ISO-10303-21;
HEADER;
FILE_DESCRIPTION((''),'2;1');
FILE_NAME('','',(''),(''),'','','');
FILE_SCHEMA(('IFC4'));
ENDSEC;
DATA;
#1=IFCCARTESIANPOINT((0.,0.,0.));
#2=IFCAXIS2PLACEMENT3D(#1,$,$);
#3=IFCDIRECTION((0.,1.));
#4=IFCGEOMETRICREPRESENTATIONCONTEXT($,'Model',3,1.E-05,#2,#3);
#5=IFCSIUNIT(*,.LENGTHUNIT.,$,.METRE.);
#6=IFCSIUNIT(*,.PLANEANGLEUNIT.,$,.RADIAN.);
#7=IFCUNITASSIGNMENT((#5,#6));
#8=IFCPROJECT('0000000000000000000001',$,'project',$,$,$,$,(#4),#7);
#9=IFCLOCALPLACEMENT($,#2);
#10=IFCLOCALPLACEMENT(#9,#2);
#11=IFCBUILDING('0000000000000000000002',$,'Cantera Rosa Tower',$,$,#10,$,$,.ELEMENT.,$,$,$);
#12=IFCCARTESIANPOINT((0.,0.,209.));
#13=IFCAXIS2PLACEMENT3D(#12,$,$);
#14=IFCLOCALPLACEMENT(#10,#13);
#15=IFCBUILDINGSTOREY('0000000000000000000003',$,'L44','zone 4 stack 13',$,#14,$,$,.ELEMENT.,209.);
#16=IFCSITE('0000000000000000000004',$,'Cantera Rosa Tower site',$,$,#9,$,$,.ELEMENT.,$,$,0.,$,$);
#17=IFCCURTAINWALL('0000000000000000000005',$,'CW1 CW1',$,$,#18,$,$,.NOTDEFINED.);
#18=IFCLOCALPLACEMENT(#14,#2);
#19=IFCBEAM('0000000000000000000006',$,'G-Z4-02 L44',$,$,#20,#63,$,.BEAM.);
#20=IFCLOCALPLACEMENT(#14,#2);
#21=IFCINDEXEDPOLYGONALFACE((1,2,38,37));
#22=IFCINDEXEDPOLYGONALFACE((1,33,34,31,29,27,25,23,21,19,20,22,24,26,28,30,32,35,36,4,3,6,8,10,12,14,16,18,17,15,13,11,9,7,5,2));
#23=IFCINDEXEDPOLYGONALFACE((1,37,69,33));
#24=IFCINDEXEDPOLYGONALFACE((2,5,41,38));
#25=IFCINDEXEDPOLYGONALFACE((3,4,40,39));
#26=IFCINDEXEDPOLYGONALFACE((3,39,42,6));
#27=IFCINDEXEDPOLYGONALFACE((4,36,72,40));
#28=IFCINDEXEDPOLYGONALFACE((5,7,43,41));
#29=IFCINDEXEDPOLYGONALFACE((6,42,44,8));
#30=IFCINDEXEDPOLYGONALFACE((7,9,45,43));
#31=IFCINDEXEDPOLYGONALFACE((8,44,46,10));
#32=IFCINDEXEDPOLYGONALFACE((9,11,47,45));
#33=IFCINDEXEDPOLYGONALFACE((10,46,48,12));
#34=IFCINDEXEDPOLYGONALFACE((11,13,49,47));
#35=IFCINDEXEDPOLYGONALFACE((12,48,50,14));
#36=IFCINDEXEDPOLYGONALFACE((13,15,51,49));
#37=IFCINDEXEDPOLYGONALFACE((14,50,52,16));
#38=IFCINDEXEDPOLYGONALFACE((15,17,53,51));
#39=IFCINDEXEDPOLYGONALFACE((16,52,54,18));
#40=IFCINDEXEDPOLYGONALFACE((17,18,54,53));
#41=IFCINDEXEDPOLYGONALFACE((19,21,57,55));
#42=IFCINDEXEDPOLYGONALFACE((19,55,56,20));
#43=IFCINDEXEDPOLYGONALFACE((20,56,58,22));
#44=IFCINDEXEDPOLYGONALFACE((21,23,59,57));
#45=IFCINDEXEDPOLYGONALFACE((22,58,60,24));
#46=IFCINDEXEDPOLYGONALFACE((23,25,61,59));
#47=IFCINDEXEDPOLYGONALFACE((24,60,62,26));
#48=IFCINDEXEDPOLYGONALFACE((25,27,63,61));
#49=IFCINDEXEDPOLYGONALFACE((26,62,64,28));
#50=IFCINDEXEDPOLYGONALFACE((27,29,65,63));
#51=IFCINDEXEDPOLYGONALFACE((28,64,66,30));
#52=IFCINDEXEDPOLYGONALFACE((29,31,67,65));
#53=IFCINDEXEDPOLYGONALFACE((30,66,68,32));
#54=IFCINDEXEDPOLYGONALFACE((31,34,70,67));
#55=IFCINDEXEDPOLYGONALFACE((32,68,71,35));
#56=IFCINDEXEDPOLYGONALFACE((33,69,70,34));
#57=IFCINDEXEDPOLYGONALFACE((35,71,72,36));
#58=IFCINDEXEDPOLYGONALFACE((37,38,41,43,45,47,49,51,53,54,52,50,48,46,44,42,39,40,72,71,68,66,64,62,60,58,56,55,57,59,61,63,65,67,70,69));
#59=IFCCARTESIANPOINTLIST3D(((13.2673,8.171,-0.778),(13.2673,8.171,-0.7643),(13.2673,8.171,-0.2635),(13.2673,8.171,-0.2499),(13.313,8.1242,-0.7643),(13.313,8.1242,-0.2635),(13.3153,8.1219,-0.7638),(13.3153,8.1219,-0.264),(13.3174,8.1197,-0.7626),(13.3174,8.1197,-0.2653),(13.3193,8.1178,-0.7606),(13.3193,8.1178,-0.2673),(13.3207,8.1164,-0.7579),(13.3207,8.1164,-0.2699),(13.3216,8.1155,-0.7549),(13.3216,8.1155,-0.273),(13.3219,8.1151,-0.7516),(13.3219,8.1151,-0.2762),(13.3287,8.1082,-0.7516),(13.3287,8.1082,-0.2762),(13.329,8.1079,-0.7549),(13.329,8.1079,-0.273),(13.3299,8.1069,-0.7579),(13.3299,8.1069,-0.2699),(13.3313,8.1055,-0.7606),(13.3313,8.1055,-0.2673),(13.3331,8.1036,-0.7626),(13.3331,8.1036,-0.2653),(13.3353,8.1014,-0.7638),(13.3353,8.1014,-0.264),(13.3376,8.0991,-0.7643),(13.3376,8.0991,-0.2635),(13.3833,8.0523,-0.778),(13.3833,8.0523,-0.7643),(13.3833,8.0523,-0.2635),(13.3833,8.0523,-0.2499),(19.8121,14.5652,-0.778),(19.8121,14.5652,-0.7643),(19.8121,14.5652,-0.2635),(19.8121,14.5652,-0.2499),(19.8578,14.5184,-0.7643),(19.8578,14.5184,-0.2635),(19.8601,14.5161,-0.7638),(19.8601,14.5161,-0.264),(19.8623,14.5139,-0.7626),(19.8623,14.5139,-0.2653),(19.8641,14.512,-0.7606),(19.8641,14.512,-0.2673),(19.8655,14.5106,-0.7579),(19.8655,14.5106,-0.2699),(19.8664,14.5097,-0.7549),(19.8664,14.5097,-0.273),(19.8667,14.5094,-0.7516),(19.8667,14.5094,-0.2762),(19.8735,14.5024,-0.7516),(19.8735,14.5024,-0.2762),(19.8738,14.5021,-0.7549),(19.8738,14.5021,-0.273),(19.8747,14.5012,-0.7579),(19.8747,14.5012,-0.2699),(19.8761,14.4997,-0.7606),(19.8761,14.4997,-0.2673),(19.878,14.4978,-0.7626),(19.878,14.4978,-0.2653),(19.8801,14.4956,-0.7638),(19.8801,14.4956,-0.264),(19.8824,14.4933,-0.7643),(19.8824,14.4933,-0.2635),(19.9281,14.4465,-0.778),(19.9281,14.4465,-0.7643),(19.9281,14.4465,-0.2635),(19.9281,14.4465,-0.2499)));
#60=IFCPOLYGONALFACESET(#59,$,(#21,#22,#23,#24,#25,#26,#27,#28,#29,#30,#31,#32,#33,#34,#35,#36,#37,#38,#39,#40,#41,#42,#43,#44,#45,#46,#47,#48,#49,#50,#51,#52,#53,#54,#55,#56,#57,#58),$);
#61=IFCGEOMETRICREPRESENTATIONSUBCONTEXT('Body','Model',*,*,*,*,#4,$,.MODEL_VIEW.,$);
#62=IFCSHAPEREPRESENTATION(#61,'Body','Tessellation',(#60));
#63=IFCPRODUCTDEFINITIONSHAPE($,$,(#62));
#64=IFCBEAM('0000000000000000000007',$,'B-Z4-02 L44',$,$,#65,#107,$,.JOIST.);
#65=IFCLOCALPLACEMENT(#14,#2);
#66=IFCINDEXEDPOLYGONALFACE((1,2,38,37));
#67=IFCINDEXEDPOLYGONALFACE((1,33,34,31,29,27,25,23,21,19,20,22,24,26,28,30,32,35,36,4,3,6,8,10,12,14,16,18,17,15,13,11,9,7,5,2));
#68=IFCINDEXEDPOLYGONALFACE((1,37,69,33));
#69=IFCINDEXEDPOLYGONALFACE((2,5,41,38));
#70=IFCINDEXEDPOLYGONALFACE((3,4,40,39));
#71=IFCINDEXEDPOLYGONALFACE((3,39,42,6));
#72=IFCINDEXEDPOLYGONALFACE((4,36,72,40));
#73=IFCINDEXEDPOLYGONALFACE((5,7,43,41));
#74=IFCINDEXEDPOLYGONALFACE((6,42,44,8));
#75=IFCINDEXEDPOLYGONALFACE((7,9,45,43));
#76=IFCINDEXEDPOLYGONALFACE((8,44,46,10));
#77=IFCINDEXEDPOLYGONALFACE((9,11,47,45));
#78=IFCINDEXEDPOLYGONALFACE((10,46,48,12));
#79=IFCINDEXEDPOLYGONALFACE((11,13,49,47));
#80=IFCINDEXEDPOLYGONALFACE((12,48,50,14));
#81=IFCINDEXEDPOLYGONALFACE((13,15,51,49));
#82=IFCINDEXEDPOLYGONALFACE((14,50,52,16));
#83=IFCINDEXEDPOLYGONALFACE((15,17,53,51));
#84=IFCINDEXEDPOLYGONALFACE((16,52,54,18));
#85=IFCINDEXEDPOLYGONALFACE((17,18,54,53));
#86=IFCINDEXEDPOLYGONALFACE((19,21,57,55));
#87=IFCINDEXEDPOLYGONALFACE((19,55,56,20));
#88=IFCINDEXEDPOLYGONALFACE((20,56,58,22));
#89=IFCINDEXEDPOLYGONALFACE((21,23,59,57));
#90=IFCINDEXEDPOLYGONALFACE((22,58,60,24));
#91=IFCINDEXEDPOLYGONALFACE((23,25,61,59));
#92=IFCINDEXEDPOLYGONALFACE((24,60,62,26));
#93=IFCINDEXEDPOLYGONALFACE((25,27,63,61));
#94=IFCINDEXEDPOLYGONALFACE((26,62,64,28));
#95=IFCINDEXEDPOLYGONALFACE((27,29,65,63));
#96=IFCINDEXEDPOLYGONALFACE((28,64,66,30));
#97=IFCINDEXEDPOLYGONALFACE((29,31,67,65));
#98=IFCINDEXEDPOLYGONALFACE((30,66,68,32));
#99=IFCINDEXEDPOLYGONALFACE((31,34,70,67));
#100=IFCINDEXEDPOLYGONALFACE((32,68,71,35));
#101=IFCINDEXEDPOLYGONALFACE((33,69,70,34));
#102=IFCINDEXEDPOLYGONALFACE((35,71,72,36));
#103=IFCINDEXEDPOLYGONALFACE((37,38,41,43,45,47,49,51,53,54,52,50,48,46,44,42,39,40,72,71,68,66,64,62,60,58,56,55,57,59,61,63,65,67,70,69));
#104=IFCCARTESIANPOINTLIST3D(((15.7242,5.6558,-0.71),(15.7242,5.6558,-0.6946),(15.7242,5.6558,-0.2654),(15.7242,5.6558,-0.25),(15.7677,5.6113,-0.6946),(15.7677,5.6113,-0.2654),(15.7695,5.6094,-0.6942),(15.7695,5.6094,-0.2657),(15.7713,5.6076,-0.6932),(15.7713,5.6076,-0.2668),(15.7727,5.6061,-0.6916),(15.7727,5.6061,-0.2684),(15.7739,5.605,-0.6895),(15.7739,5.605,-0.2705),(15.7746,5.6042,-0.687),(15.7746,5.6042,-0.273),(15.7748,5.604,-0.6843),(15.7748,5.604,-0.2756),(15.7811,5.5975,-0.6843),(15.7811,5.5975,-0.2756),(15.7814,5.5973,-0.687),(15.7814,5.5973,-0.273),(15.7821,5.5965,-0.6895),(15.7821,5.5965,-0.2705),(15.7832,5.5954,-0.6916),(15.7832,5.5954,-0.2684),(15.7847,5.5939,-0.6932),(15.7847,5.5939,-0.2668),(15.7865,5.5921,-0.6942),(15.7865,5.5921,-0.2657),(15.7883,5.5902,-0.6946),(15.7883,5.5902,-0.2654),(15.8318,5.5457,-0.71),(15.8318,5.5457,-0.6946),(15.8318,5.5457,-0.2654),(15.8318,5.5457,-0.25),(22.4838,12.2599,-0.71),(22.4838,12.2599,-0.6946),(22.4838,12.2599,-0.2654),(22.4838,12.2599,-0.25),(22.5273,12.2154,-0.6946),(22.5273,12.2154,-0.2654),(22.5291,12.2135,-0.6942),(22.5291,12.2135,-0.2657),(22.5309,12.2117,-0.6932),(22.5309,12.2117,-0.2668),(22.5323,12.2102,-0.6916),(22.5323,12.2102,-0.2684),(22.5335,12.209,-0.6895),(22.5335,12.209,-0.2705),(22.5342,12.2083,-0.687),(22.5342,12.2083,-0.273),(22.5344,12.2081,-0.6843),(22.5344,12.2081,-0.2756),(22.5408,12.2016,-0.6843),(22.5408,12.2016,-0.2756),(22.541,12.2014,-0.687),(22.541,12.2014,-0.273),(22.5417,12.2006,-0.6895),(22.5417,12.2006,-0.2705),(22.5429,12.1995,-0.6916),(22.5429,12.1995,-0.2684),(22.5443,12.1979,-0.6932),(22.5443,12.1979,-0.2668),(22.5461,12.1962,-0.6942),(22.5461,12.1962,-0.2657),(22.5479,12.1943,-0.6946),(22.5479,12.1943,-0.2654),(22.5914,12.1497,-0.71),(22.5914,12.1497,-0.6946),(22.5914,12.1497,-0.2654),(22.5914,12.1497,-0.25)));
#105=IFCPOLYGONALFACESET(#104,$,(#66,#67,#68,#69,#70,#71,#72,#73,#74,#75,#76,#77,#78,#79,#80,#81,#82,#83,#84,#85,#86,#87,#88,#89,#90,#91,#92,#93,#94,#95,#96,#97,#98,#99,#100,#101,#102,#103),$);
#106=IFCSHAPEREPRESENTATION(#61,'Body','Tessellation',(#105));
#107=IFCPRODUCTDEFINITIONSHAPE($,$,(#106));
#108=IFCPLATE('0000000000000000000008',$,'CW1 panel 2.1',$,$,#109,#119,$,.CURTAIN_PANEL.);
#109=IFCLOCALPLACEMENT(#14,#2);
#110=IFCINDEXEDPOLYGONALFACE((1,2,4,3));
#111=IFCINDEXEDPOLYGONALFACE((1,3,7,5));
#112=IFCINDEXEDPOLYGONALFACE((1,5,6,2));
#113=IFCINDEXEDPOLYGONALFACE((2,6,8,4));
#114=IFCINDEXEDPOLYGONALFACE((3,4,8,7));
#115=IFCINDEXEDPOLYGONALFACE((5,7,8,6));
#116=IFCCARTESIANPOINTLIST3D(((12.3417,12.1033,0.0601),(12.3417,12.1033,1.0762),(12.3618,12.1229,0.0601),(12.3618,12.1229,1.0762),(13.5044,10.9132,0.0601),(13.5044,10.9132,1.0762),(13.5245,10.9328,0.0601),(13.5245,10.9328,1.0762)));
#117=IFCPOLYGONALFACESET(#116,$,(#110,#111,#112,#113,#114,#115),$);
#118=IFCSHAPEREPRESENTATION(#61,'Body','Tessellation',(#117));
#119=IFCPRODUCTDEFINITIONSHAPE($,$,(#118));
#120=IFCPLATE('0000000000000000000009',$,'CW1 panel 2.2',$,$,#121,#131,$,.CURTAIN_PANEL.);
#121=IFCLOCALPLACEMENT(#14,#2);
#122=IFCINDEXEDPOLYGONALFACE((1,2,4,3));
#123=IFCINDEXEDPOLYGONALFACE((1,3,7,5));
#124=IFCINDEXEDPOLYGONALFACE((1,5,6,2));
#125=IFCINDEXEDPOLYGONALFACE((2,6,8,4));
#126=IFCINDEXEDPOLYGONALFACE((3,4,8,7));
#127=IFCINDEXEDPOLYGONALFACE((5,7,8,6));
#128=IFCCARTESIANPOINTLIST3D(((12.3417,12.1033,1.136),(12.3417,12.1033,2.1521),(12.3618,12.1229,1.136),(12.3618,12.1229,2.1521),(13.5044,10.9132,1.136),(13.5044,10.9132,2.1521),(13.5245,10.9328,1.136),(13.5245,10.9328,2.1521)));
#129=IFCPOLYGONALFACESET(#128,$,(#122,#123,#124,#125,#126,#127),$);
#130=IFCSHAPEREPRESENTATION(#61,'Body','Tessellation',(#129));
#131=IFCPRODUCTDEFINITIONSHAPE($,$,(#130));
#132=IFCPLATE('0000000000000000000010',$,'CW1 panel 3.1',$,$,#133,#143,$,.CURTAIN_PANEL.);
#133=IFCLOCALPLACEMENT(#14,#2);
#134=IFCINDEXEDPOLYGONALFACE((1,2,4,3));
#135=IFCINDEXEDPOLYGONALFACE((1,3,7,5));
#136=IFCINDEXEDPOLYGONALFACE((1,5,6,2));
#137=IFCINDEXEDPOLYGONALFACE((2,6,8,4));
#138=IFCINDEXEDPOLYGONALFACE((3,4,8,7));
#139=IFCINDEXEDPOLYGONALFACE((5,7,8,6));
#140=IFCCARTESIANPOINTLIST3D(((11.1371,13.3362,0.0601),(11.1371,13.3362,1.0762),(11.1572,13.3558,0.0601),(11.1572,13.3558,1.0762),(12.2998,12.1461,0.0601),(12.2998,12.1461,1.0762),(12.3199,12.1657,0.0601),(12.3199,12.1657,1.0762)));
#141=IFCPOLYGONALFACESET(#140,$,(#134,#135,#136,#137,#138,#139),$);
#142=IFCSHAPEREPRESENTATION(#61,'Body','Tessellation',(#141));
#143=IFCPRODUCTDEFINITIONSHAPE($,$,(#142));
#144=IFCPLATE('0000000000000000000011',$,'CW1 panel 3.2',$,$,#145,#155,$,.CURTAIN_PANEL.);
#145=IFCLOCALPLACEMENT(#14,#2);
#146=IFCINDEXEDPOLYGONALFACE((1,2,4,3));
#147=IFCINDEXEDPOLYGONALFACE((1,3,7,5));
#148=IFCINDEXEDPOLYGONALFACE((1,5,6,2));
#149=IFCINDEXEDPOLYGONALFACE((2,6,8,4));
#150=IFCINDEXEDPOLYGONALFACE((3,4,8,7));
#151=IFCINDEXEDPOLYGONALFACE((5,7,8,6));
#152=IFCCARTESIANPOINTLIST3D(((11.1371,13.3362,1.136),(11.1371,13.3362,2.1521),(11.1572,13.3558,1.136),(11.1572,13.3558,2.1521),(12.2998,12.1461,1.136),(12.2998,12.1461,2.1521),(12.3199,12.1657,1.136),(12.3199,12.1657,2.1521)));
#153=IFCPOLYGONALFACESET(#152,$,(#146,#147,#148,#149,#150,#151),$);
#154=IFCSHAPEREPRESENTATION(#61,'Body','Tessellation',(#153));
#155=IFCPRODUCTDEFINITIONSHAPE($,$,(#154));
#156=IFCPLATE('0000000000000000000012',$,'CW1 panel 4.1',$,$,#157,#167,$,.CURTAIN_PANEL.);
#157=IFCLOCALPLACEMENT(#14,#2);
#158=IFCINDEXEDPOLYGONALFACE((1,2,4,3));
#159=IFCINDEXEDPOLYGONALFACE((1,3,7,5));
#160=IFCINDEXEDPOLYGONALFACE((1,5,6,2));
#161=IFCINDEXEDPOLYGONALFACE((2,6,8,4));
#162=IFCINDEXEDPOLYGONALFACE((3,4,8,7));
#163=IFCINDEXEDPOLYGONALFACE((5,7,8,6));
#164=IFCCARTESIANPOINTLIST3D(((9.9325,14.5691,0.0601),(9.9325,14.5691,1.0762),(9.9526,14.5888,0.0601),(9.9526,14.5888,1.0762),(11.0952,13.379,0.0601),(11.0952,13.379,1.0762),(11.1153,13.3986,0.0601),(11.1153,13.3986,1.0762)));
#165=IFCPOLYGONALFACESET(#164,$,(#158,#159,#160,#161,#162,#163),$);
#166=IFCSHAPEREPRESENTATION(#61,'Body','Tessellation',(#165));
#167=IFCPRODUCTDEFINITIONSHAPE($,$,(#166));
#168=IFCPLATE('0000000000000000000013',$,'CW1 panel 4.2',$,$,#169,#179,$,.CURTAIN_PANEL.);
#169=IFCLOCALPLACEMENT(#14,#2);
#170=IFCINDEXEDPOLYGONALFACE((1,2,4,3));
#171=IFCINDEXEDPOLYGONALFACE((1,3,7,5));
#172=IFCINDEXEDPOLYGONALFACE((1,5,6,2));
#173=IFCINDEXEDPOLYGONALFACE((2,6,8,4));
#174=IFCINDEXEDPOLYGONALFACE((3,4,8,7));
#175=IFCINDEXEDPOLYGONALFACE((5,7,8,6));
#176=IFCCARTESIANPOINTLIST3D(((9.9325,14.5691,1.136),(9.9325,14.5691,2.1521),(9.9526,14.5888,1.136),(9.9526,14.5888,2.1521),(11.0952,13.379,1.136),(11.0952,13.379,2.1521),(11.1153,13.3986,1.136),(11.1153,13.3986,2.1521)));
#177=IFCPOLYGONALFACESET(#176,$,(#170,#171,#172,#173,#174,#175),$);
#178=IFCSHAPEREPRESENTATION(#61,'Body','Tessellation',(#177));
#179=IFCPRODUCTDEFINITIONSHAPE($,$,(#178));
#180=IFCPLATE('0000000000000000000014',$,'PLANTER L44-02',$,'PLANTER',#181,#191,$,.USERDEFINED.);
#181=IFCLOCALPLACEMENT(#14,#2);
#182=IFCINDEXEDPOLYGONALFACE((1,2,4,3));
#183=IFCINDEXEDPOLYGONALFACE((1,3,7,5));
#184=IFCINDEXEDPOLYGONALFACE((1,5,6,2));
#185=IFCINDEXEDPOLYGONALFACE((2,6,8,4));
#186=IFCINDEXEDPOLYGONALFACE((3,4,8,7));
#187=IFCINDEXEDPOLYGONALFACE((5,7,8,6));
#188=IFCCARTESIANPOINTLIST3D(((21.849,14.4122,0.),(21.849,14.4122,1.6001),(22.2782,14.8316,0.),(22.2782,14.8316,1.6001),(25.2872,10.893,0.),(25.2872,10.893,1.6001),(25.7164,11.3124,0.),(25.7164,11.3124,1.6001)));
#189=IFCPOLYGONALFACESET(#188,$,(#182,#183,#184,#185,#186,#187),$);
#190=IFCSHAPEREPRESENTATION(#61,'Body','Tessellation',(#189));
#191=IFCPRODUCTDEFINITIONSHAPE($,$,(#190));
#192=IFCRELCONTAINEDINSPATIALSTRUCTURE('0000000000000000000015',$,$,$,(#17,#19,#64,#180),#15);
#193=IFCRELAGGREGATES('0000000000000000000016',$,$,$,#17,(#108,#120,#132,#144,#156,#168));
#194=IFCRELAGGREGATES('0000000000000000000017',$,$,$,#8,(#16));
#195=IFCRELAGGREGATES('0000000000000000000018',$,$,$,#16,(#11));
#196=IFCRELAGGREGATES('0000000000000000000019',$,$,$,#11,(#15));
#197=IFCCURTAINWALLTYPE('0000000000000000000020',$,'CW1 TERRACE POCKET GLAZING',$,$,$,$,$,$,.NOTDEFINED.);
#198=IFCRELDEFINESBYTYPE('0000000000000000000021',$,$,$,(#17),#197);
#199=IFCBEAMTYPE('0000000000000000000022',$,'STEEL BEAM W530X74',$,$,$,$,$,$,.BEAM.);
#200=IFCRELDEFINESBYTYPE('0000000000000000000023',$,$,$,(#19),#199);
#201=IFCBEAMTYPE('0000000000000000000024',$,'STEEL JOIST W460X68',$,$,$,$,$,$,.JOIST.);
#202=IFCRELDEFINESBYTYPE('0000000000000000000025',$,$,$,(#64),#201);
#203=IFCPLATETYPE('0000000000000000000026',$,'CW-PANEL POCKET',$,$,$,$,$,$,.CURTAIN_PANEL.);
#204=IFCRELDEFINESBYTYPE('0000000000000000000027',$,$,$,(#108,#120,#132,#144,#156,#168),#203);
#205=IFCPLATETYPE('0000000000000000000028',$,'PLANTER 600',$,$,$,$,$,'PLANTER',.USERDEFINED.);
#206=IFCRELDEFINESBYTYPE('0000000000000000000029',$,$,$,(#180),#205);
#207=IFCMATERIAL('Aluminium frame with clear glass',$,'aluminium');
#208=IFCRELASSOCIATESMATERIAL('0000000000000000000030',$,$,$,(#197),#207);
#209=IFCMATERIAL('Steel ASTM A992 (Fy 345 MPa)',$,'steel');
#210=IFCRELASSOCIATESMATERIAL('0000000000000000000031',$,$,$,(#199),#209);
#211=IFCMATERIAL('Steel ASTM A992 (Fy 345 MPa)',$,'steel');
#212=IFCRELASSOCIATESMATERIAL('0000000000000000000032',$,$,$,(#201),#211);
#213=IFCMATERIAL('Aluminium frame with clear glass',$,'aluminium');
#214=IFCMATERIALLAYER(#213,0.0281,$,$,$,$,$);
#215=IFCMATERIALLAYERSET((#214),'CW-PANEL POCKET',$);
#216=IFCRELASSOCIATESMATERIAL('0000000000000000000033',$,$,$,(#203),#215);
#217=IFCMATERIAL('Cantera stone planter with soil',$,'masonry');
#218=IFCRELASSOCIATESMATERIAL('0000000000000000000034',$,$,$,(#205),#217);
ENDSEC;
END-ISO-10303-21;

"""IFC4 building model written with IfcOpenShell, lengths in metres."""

from ifc_helpers import new_model, si_unit, direction, frame, origin, origin_2d, place, context, subcontext, project, spatial, rectangle, i_section, extrude, material, layer, layer_set, material_profile, profile_set, type_object, element, aggregate, save


model = new_model("IFC4")

# Units and contexts
model_context = context("Model", 3, precision=1e-05, world=origin(), true_north=direction((0.0, 1.0)))
body_context = subcontext(model_context, "Body", "Model", "MODEL_VIEW")
ifc_project = project(units=[si_unit("LENGTHUNIT", "METRE"), si_unit("PLANEANGLEUNIT", "RADIAN")], contexts=[model_context])

# Site, building, storey
site_placement = place(None, origin())
site = spatial("IfcSite", under=ifc_project, at=site_placement, Name="Cantera Rosa Tower site", CompositionType="ELEMENT", RefElevation=0.0)
building_placement = place(site_placement, origin())
building = spatial("IfcBuilding", under=site, at=building_placement, Name="Cantera Rosa Tower", CompositionType="ELEMENT")
storey_placement = place(building_placement, frame((0.0, 0.0, 209.0)))
storey = spatial("IfcBuildingStorey", under=building, at=storey_placement, Name="L44", Description="zone 4 stack 13", CompositionType="ELEMENT", Elevation=209.0)

# Curtain wall
ifc_material_1 = material(Name="Aluminium frame with clear glass", Category="aluminium")
curtain_wall_type = type_object("IfcCurtainWallType", Name="CW1 TERRACE POCKET GLAZING", PredefinedType="NOTDEFINED", material=ifc_material_1)
curtain_wall_placement = place(storey_placement, origin())
curtain_wall = element("IfcCurtainWall", 1, at=curtain_wall_placement, inside=storey, type_object=curtain_wall_type, Name="CW1 CW1", PredefinedType="NOTDEFINED")

# Beams
ifc_material_2 = material(Name="Steel ASTM A992 (Fy 345 MPa)", Category="steel")
ifc_material_profile_1 = material_profile(ifc_material_2, i_section(OverallWidth=0.166, OverallDepth=0.5281, WebThickness=0.0098, FlangeThickness=0.0137, FilletRadius=0.0127, at=origin_2d()), Name="W530X74")
ifc_profile_set_1 = profile_set([ifc_material_profile_1], Name="Steel ASTM A992 (Fy 345 MPa)")
beam_type_1 = type_object("IfcBeamType", Name="STEEL BEAM W530X74", PredefinedType="BEAM", material=ifc_profile_set_1)
beam_1_placement = place(storey_placement, frame((19.8701, 14.5059, -0.5139), z_axis=(-0.71529, -0.698827, 0.0), x_axis=(0.698827, -0.71529, 0.0)))
element("IfcBeam", 2, at=beam_1_placement, inside=storey, type_object=beam_type_1, Name="G-Z4-02 L44", PredefinedType="BEAM", context=body_context, shape_type="SweptSolid", body=[
    extrude(i_section(OverallWidth=0.166, OverallDepth=0.5281, WebThickness=0.0098, FlangeThickness=0.0137, FilletRadius=0.0127, at=origin_2d()), origin(), (0.0, 0.0, 1.0), 9.1499),
])
ifc_material_3 = material(Name="Steel ASTM A992 (Fy 345 MPa)", Category="steel")
ifc_material_profile_2 = material_profile(ifc_material_3, i_section(OverallWidth=0.1541, OverallDepth=0.46, WebThickness=0.009, FlangeThickness=0.0154, FilletRadius=0.0103, at=origin_2d()), Name="W460X68")
ifc_profile_set_2 = profile_set([ifc_material_profile_2], Name="Steel ASTM A992 (Fy 345 MPa)")
beam_type_2 = type_object("IfcBeamType", Name="STEEL JOIST W460X68", PredefinedType="JOIST", material=ifc_profile_set_2)
beam_2_placement = place(storey_placement, frame((22.5376, 12.2048, -0.48), z_axis=(-0.715287, -0.698831, 0.0), x_axis=(0.698831, -0.715287, 0.0)))
element("IfcBeam", 3, at=beam_2_placement, inside=storey, type_object=beam_type_2, Name="B-Z4-02 L44", PredefinedType="JOIST", context=body_context, shape_type="SweptSolid", body=[
    extrude(i_section(OverallWidth=0.1541, OverallDepth=0.46, WebThickness=0.009, FlangeThickness=0.0154, FilletRadius=0.0103, at=origin_2d()), origin(), (0.0, 0.0, 1.0), 9.4502),
])

# Plates
ifc_material_4 = material(Name="Aluminium frame with clear glass", Category="aluminium")
ifc_layer_1 = layer(ifc_material_4, 0.0281)
ifc_layer_set_1 = layer_set([ifc_layer_1], Name="CW-PANEL POCKET")
plate_type_1 = type_object("IfcPlateType", Name="CW-PANEL POCKET", PredefinedType="CURTAIN_PANEL", material=ifc_layer_set_1)
plate_1_placement = place(storey_placement, frame((12.9331, 11.5181, 0.0601), z_axis=(0.0, 0.0, 1.0), x_axis=(-0.698832, 0.715286, 0.0)))
plate_1 = element("IfcPlate", 4, at=plate_1_placement, type_object=plate_type_1, Name="CW1 panel 2.1", PredefinedType="CURTAIN_PANEL", context=body_context, shape_type="SweptSolid", body=[
    extrude(rectangle(XDim=1.6638, YDim=0.0281, at=origin_2d()), origin(), (0.0, 0.0, 1.0), 1.0161),
])
plate_2_placement = place(storey_placement, frame((12.9331, 11.5181, 1.136), z_axis=(0.0, 0.0, 1.0), x_axis=(-0.698832, 0.715286, 0.0)))
plate_2 = element("IfcPlate", 5, at=plate_2_placement, type_object=plate_type_1, Name="CW1 panel 2.2", PredefinedType="CURTAIN_PANEL", context=body_context, shape_type="SweptSolid", body=[
    extrude(rectangle(XDim=1.6638, YDim=0.0281, at=origin_2d()), origin(), (0.0, 0.0, 1.0), 1.0161),
])
plate_3_placement = place(storey_placement, frame((11.7285, 12.751, 0.0601), z_axis=(0.0, 0.0, 1.0), x_axis=(-0.698832, 0.715286, 0.0)))
plate_3 = element("IfcPlate", 6, at=plate_3_placement, type_object=plate_type_1, Name="CW1 panel 3.1", PredefinedType="CURTAIN_PANEL", context=body_context, shape_type="SweptSolid", body=[
    extrude(rectangle(XDim=1.6638, YDim=0.0281, at=origin_2d()), origin(), (0.0, 0.0, 1.0), 1.0161),
])
plate_4_placement = place(storey_placement, frame((11.7285, 12.751, 1.136), z_axis=(0.0, 0.0, 1.0), x_axis=(-0.698832, 0.715286, 0.0)))
plate_4 = element("IfcPlate", 7, at=plate_4_placement, type_object=plate_type_1, Name="CW1 panel 3.2", PredefinedType="CURTAIN_PANEL", context=body_context, shape_type="SweptSolid", body=[
    extrude(rectangle(XDim=1.6638, YDim=0.0281, at=origin_2d()), origin(), (0.0, 0.0, 1.0), 1.0161),
])
plate_5_placement = place(storey_placement, frame((10.5239, 13.9839, 0.0601), z_axis=(0.0, 0.0, 1.0), x_axis=(-0.698832, 0.715286, 0.0)))
plate_5 = element("IfcPlate", 8, at=plate_5_placement, type_object=plate_type_1, Name="CW1 panel 4.1", PredefinedType="CURTAIN_PANEL", context=body_context, shape_type="SweptSolid", body=[
    extrude(rectangle(XDim=1.6638, YDim=0.0281, at=origin_2d()), origin(), (0.0, 0.0, 1.0), 1.0161),
])
plate_6_placement = place(storey_placement, frame((10.5239, 13.9839, 1.136), z_axis=(0.0, 0.0, 1.0), x_axis=(-0.698832, 0.715286, 0.0)))
plate_6 = element("IfcPlate", 9, at=plate_6_placement, type_object=plate_type_1, Name="CW1 panel 4.2", PredefinedType="CURTAIN_PANEL", context=body_context, shape_type="SweptSolid", body=[
    extrude(rectangle(XDim=1.6638, YDim=0.0281, at=origin_2d()), origin(), (0.0, 0.0, 1.0), 1.0161),
])
aggregate(curtain_wall, [plate_1, plate_2, plate_3, plate_4, plate_5, plate_6])
ifc_material_5 = material(Name="Cantera stone planter with soil", Category="masonry")
plate_type_2 = type_object("IfcPlateType", Name="PLANTER 600", ElementType="PLANTER", PredefinedType="USERDEFINED", material=ifc_material_5)
plate_7_placement = place(storey_placement, frame((23.7827, 12.8623, 0.0), z_axis=(0.0, 0.0, 1.0), x_axis=(-0.698832, 0.715286, 0.0)))
element("IfcPlate", 10, at=plate_7_placement, inside=storey, type_object=plate_type_2, Name="PLANTER L44-02", ObjectType="PLANTER", PredefinedType="USERDEFINED", context=body_context, shape_type="SweptSolid", body=[
    extrude(rectangle(XDim=4.9199, YDim=0.6001, at=origin_2d()), origin(), (0.0, 0.0, 1.0), 1.6001),
])

save(model, "model.ifc")
